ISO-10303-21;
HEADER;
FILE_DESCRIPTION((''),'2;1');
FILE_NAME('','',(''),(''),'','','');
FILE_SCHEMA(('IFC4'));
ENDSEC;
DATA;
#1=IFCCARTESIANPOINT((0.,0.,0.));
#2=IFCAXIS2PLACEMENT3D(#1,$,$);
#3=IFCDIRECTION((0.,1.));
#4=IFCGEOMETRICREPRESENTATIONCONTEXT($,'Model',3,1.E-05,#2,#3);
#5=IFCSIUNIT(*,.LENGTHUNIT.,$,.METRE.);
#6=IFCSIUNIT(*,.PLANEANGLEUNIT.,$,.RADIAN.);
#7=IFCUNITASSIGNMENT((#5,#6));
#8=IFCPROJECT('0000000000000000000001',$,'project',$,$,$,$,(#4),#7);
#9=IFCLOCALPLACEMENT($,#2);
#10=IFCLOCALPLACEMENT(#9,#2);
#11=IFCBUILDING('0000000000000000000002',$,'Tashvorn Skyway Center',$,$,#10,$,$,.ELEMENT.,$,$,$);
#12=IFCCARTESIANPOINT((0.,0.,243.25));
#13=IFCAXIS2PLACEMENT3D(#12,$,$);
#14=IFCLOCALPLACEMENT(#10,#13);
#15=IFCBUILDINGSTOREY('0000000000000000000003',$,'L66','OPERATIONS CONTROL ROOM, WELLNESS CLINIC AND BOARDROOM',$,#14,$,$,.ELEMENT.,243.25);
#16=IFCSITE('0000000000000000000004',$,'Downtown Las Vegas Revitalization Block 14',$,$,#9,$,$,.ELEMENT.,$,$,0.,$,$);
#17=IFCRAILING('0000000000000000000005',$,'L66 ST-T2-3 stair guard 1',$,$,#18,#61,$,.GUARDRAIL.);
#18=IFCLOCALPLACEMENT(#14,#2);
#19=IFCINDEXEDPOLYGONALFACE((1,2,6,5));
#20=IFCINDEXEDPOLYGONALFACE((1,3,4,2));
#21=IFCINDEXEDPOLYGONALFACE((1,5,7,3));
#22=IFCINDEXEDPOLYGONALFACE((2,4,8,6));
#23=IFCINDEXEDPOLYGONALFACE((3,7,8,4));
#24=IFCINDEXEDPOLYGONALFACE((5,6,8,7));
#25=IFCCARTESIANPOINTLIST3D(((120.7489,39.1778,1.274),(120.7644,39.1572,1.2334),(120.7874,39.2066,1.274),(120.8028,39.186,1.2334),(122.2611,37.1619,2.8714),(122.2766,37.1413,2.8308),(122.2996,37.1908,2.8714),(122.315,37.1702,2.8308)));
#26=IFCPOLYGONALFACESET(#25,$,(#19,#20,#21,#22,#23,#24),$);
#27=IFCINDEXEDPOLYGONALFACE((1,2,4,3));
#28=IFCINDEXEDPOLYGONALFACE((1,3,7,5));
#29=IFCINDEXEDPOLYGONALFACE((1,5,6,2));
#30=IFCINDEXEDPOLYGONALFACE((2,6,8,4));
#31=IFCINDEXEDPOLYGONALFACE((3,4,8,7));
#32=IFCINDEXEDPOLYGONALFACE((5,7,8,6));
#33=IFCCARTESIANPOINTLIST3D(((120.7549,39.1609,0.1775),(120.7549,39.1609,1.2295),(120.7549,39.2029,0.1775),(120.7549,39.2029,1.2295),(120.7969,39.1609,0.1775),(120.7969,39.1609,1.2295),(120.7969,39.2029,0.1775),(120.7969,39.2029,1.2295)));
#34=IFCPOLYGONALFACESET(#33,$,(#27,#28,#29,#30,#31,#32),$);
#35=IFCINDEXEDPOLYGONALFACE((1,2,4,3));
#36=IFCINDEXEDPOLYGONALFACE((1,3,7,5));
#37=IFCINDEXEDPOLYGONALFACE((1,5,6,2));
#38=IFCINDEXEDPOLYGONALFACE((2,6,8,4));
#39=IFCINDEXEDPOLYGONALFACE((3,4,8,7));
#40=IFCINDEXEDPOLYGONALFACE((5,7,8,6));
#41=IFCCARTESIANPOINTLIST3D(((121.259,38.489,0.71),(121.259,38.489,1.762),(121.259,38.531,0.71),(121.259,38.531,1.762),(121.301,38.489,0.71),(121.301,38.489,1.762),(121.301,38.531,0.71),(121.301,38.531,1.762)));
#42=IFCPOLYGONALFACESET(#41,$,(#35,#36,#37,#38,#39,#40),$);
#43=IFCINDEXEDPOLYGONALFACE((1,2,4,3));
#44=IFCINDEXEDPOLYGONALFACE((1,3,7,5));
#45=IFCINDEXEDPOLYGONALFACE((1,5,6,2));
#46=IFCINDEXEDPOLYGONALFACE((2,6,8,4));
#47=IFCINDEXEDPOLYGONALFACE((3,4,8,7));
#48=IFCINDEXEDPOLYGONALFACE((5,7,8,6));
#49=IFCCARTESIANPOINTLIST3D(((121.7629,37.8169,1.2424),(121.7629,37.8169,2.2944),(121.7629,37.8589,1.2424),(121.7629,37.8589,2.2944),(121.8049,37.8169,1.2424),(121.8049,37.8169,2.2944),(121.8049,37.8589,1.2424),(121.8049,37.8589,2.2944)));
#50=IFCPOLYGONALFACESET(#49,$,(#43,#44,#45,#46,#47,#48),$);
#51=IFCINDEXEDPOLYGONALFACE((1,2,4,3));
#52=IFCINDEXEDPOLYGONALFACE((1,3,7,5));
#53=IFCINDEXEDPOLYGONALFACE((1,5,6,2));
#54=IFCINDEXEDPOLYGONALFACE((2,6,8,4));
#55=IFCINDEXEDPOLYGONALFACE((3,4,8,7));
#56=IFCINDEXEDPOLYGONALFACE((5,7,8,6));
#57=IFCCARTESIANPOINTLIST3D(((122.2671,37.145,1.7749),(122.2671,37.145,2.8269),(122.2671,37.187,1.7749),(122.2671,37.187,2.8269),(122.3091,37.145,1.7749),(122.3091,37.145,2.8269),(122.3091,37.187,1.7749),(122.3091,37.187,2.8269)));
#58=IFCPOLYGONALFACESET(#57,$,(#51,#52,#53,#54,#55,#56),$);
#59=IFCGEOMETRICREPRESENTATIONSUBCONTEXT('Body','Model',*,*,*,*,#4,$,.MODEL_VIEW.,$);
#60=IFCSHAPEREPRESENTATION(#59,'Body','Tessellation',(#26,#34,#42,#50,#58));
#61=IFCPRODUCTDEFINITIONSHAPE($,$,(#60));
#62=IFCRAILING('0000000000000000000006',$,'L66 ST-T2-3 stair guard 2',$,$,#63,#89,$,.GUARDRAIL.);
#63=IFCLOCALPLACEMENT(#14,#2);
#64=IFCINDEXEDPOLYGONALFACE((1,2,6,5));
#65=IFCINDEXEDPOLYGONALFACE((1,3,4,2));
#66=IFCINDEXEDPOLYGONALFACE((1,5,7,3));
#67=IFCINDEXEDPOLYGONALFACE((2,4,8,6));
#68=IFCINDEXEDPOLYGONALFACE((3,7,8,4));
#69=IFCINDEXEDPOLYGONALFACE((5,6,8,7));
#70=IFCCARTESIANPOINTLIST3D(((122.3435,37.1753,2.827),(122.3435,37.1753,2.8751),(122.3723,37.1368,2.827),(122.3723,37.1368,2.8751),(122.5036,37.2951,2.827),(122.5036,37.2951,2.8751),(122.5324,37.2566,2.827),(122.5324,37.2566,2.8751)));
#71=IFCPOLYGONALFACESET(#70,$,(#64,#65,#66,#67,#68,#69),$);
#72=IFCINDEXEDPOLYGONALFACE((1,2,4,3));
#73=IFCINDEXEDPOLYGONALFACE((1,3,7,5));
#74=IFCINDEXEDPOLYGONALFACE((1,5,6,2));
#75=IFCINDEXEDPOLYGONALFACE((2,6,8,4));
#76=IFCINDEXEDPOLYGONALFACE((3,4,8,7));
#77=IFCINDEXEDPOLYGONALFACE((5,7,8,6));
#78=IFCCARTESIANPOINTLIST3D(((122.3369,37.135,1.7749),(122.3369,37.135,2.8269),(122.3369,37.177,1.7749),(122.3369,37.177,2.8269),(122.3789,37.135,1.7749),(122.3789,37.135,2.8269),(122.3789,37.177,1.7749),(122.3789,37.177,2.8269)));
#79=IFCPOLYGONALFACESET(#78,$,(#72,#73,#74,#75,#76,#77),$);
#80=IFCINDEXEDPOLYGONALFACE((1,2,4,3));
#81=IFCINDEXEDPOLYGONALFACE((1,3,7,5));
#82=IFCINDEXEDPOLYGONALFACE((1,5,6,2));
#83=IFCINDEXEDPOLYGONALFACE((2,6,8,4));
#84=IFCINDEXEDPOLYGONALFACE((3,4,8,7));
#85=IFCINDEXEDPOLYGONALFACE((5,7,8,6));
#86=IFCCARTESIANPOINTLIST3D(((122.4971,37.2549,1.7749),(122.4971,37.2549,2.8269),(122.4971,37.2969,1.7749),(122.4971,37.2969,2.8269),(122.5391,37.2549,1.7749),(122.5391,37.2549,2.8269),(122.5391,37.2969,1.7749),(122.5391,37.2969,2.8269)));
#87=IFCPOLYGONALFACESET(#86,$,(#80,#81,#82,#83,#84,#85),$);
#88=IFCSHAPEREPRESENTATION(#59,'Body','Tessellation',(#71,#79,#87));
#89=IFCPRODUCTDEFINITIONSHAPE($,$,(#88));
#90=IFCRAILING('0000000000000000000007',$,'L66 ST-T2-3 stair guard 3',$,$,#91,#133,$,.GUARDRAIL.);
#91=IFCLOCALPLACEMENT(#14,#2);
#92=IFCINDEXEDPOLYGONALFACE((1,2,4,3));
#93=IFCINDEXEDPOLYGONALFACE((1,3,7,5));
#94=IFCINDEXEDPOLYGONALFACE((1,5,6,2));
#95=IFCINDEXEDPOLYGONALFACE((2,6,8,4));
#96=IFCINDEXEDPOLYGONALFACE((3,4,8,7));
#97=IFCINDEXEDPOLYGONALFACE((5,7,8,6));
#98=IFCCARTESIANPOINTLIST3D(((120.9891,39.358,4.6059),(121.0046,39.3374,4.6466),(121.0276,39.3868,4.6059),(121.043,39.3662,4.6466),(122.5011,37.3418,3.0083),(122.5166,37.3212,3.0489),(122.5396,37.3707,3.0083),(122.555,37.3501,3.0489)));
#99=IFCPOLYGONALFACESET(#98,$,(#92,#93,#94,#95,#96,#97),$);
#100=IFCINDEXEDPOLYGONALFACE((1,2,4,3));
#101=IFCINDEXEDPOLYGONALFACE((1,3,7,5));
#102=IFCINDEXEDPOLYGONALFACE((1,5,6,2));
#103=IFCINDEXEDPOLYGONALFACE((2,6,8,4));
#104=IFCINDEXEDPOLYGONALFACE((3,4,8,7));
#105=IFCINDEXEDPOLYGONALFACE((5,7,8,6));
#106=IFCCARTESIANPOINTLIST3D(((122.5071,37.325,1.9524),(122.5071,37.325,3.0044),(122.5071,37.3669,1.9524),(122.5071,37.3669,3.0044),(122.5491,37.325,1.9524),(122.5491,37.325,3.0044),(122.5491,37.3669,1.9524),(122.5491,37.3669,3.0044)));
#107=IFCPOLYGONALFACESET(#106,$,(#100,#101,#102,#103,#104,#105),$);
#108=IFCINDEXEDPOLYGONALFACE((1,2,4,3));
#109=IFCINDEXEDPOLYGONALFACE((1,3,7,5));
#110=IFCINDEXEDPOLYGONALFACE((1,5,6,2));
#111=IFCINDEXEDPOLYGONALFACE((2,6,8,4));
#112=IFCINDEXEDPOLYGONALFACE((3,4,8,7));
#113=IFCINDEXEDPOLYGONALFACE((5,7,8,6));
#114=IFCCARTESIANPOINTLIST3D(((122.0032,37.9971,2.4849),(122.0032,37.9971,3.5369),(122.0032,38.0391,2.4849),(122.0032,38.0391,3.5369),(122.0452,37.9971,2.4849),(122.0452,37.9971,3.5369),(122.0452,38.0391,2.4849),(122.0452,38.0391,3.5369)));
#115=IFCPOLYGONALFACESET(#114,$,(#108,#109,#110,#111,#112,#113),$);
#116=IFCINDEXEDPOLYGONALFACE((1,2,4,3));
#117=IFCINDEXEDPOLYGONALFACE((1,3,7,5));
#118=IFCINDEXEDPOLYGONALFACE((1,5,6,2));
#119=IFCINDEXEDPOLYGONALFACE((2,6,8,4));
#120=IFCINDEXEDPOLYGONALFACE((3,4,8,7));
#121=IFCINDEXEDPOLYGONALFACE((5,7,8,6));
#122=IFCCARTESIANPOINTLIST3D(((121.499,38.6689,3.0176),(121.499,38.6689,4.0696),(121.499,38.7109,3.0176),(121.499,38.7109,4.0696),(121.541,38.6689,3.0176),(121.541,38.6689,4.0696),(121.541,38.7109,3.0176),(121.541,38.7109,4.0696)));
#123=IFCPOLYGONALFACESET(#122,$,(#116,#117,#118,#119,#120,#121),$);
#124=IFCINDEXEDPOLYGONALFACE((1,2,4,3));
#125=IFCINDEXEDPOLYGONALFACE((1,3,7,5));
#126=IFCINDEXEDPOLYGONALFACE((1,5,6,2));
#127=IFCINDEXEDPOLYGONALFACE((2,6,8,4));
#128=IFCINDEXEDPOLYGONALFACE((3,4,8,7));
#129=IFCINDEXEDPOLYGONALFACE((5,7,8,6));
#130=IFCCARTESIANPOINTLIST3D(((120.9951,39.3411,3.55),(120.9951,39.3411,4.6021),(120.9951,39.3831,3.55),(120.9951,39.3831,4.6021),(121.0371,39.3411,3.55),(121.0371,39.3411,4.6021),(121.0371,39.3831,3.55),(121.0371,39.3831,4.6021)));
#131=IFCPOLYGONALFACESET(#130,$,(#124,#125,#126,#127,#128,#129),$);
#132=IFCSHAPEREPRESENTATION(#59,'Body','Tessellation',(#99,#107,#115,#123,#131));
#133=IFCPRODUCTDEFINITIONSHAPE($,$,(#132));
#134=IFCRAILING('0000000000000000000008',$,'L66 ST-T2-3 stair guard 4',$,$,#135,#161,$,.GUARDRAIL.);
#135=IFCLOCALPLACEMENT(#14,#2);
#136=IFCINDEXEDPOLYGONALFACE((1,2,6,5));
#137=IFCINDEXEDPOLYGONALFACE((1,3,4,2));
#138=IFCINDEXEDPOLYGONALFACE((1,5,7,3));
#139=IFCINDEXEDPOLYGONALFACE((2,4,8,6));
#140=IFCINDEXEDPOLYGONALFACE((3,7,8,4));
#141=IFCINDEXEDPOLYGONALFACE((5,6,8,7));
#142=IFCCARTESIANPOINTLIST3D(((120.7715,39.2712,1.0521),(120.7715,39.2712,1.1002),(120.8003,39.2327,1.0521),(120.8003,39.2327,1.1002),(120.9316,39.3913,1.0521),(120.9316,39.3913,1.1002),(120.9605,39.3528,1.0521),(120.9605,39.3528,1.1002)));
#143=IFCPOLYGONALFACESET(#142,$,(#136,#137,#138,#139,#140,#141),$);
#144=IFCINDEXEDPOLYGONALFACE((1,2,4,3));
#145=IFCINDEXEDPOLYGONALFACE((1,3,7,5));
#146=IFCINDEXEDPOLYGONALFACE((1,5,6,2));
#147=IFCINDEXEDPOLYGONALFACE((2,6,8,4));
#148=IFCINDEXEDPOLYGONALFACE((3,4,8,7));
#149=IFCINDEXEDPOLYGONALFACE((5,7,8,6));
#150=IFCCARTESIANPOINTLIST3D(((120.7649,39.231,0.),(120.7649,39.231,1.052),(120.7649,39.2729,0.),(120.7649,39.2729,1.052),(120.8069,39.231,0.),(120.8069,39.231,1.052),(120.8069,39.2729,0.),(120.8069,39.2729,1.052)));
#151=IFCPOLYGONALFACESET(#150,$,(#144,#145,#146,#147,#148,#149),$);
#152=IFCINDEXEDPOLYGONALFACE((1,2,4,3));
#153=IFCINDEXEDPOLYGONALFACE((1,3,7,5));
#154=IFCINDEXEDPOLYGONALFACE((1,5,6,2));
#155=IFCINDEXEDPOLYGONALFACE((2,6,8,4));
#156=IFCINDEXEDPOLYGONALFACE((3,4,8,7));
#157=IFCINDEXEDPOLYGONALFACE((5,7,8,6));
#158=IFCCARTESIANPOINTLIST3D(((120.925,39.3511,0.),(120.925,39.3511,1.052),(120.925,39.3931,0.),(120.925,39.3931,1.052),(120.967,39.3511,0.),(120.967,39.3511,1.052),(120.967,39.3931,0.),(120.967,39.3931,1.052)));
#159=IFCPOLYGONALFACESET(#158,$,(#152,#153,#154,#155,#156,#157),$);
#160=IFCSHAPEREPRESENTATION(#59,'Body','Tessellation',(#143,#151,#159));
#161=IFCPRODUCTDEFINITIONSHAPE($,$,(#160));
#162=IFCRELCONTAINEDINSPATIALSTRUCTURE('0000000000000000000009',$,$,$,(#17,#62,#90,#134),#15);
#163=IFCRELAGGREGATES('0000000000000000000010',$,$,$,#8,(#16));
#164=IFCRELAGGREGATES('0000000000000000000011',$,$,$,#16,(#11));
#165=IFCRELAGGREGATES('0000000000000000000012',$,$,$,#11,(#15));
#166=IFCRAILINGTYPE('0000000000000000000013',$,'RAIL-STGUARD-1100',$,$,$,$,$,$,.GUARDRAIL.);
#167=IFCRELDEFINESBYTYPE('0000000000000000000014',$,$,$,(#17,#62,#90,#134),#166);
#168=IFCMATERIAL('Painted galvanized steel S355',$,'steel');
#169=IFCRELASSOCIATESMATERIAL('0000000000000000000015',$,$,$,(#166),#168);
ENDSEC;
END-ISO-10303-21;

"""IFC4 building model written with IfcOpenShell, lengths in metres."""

from ifc_helpers import new_model, si_unit, direction, frame, origin, origin_2d, place, context, subcontext, project, spatial, rectangle, extrude, material, type_object, element, save


model = new_model("IFC4")

# Units and contexts
model_context = context("Model", 3, precision=1e-05, world=origin(), true_north=direction((0.0, 1.0)))
body_context = subcontext(model_context, "Body", "Model", "MODEL_VIEW")
ifc_project = project(units=[si_unit("LENGTHUNIT", "METRE"), si_unit("PLANEANGLEUNIT", "RADIAN")], contexts=[model_context])

# Site, building, storey
site_placement = place(None, origin())
site = spatial("IfcSite", under=ifc_project, at=site_placement, Name="Downtown Las Vegas Revitalization Block 14", CompositionType="ELEMENT", RefElevation=0.0)
building_placement = place(site_placement, origin())
building = spatial("IfcBuilding", under=site, at=building_placement, Name="Tashvorn Skyway Center", CompositionType="ELEMENT")
storey_placement = place(building_placement, frame((0.0, 0.0, 243.25)))
storey = spatial("IfcBuildingStorey", under=building, at=storey_placement, Name="L66", Description="OPERATIONS CONTROL ROOM, WELLNESS CLINIC AND BOARDROOM", CompositionType="ELEMENT", Elevation=243.25)

# Railings
ifc_material_1 = material(Name="Painted galvanized steel S355", Category="steel")
railing_type_1 = type_object("IfcRailingType", Name="RAIL-STGUARD-1100", PredefinedType="GUARDRAIL", material=ifc_material_1)
railing_1_placement = place(storey_placement, frame((120.7759, 39.1819, 0.1775)))
element("IfcRailing", 1, at=railing_1_placement, inside=storey, type_object=railing_type_1, Name="L66 ST-T2-3 stair guard 1", PredefinedType="GUARDRAIL", context=body_context, shape_type="SweptSolid", body=[
    extrude(rectangle(XDim=0.0481, YDim=0.0481, at=origin_2d()), frame((0.0, 0.0, 1.0762), z_axis=(0.50683, -0.675636, 0.535387), x_axis=(0.799942, 0.600078, 0.0)), (0.0, 0.0, 1.0), 2.9836),
    extrude(rectangle(XDim=0.042, YDim=0.042, at=origin_2d()), origin(), (0.0, 0.0, 1.0), 1.052),
    extrude(rectangle(XDim=0.042, YDim=0.042, at=origin_2d()), frame((0.5042, -0.6719, 0.5325)), (0.0, 0.0, 1.0), 1.052),
    extrude(rectangle(XDim=0.042, YDim=0.042, at=origin_2d()), frame((1.0081, -1.344, 1.0649)), (0.0, 0.0, 1.0), 1.052),
    extrude(rectangle(XDim=0.042, YDim=0.042, at=origin_2d()), frame((1.5122, -2.0159, 1.5974)), (0.0, 0.0, 1.0), 1.052),
])
railing_2_placement = place(storey_placement, frame((122.3579, 37.156, 1.7749)))
element("IfcRailing", 2, at=railing_2_placement, inside=storey, type_object=railing_type_1, Name="L66 ST-T2-3 stair guard 2", PredefinedType="GUARDRAIL", context=body_context, shape_type="SweptSolid", body=[
    extrude(rectangle(XDim=0.0481, YDim=0.0481, at=origin_2d()), frame((0.0, 0.0, 1.0762), z_axis=(0.800585, 0.599219, 0.0), x_axis=(-0.599219, 0.800585, 0.0)), (0.0, 0.0, 1.0), 0.2),
    extrude(rectangle(XDim=0.042, YDim=0.042, at=origin_2d()), origin(), (0.0, 0.0, 1.0), 1.052),
    extrude(rectangle(XDim=0.042, YDim=0.042, at=origin_2d()), frame((0.1602, 0.1199, 0.0)), (0.0, 0.0, 1.0), 1.052),
])
railing_3_placement = place(storey_placement, frame((122.5281, 37.3459, 1.9524)))
element("IfcRailing", 3, at=railing_3_placement, inside=storey, type_object=railing_type_1, Name="L66 ST-T2-3 stair guard 3", PredefinedType="GUARDRAIL", context=body_context, shape_type="SweptSolid", body=[
    extrude(rectangle(XDim=0.0481, YDim=0.0481, at=origin_2d()), frame((0.0, 0.0, 1.0762), z_axis=(-0.506719, 0.675679, 0.535438), x_axis=(-0.800023, -0.599969, 0.0)), (0.0, 0.0, 1.0), 2.9839),
    extrude(rectangle(XDim=0.042, YDim=0.042, at=origin_2d()), origin(), (0.0, 0.0, 1.0), 1.052),
    extrude(rectangle(XDim=0.042, YDim=0.042, at=origin_2d()), frame((-0.5039, 0.6721, 0.5325)), (0.0, 0.0, 1.0), 1.052),
    extrude(rectangle(XDim=0.042, YDim=0.042, at=origin_2d()), frame((-1.0081, 1.344, 1.0652)), (0.0, 0.0, 1.0), 1.052),
    extrude(rectangle(XDim=0.042, YDim=0.042, at=origin_2d()), frame((-1.512, 2.0161, 1.5977)), (0.0, 0.0, 1.0), 1.052),
])
railing_4_placement = place(storey_placement, frame((120.7859, 39.252, 0.0)))
element("IfcRailing", 4, at=railing_4_placement, inside=storey, type_object=railing_type_1, Name="L66 ST-T2-3 stair guard 4", PredefinedType="GUARDRAIL", context=body_context, shape_type="SweptSolid", body=[
    extrude(rectangle(XDim=0.0481, YDim=0.0481, at=origin_2d()), frame((0.0, 0.0, 1.0762), z_axis=(0.8, 0.6, 0.0), x_axis=(-0.6, 0.8, 0.0)), (0.0, 0.0, 1.0), 0.2002),
    extrude(rectangle(XDim=0.042, YDim=0.042, at=origin_2d()), origin(), (0.0, 0.0, 1.0), 1.052),
    extrude(rectangle(XDim=0.042, YDim=0.042, at=origin_2d()), frame((0.1602, 0.1201, 0.0)), (0.0, 0.0, 1.0), 1.052),
])

save(model, "model.ifc")
